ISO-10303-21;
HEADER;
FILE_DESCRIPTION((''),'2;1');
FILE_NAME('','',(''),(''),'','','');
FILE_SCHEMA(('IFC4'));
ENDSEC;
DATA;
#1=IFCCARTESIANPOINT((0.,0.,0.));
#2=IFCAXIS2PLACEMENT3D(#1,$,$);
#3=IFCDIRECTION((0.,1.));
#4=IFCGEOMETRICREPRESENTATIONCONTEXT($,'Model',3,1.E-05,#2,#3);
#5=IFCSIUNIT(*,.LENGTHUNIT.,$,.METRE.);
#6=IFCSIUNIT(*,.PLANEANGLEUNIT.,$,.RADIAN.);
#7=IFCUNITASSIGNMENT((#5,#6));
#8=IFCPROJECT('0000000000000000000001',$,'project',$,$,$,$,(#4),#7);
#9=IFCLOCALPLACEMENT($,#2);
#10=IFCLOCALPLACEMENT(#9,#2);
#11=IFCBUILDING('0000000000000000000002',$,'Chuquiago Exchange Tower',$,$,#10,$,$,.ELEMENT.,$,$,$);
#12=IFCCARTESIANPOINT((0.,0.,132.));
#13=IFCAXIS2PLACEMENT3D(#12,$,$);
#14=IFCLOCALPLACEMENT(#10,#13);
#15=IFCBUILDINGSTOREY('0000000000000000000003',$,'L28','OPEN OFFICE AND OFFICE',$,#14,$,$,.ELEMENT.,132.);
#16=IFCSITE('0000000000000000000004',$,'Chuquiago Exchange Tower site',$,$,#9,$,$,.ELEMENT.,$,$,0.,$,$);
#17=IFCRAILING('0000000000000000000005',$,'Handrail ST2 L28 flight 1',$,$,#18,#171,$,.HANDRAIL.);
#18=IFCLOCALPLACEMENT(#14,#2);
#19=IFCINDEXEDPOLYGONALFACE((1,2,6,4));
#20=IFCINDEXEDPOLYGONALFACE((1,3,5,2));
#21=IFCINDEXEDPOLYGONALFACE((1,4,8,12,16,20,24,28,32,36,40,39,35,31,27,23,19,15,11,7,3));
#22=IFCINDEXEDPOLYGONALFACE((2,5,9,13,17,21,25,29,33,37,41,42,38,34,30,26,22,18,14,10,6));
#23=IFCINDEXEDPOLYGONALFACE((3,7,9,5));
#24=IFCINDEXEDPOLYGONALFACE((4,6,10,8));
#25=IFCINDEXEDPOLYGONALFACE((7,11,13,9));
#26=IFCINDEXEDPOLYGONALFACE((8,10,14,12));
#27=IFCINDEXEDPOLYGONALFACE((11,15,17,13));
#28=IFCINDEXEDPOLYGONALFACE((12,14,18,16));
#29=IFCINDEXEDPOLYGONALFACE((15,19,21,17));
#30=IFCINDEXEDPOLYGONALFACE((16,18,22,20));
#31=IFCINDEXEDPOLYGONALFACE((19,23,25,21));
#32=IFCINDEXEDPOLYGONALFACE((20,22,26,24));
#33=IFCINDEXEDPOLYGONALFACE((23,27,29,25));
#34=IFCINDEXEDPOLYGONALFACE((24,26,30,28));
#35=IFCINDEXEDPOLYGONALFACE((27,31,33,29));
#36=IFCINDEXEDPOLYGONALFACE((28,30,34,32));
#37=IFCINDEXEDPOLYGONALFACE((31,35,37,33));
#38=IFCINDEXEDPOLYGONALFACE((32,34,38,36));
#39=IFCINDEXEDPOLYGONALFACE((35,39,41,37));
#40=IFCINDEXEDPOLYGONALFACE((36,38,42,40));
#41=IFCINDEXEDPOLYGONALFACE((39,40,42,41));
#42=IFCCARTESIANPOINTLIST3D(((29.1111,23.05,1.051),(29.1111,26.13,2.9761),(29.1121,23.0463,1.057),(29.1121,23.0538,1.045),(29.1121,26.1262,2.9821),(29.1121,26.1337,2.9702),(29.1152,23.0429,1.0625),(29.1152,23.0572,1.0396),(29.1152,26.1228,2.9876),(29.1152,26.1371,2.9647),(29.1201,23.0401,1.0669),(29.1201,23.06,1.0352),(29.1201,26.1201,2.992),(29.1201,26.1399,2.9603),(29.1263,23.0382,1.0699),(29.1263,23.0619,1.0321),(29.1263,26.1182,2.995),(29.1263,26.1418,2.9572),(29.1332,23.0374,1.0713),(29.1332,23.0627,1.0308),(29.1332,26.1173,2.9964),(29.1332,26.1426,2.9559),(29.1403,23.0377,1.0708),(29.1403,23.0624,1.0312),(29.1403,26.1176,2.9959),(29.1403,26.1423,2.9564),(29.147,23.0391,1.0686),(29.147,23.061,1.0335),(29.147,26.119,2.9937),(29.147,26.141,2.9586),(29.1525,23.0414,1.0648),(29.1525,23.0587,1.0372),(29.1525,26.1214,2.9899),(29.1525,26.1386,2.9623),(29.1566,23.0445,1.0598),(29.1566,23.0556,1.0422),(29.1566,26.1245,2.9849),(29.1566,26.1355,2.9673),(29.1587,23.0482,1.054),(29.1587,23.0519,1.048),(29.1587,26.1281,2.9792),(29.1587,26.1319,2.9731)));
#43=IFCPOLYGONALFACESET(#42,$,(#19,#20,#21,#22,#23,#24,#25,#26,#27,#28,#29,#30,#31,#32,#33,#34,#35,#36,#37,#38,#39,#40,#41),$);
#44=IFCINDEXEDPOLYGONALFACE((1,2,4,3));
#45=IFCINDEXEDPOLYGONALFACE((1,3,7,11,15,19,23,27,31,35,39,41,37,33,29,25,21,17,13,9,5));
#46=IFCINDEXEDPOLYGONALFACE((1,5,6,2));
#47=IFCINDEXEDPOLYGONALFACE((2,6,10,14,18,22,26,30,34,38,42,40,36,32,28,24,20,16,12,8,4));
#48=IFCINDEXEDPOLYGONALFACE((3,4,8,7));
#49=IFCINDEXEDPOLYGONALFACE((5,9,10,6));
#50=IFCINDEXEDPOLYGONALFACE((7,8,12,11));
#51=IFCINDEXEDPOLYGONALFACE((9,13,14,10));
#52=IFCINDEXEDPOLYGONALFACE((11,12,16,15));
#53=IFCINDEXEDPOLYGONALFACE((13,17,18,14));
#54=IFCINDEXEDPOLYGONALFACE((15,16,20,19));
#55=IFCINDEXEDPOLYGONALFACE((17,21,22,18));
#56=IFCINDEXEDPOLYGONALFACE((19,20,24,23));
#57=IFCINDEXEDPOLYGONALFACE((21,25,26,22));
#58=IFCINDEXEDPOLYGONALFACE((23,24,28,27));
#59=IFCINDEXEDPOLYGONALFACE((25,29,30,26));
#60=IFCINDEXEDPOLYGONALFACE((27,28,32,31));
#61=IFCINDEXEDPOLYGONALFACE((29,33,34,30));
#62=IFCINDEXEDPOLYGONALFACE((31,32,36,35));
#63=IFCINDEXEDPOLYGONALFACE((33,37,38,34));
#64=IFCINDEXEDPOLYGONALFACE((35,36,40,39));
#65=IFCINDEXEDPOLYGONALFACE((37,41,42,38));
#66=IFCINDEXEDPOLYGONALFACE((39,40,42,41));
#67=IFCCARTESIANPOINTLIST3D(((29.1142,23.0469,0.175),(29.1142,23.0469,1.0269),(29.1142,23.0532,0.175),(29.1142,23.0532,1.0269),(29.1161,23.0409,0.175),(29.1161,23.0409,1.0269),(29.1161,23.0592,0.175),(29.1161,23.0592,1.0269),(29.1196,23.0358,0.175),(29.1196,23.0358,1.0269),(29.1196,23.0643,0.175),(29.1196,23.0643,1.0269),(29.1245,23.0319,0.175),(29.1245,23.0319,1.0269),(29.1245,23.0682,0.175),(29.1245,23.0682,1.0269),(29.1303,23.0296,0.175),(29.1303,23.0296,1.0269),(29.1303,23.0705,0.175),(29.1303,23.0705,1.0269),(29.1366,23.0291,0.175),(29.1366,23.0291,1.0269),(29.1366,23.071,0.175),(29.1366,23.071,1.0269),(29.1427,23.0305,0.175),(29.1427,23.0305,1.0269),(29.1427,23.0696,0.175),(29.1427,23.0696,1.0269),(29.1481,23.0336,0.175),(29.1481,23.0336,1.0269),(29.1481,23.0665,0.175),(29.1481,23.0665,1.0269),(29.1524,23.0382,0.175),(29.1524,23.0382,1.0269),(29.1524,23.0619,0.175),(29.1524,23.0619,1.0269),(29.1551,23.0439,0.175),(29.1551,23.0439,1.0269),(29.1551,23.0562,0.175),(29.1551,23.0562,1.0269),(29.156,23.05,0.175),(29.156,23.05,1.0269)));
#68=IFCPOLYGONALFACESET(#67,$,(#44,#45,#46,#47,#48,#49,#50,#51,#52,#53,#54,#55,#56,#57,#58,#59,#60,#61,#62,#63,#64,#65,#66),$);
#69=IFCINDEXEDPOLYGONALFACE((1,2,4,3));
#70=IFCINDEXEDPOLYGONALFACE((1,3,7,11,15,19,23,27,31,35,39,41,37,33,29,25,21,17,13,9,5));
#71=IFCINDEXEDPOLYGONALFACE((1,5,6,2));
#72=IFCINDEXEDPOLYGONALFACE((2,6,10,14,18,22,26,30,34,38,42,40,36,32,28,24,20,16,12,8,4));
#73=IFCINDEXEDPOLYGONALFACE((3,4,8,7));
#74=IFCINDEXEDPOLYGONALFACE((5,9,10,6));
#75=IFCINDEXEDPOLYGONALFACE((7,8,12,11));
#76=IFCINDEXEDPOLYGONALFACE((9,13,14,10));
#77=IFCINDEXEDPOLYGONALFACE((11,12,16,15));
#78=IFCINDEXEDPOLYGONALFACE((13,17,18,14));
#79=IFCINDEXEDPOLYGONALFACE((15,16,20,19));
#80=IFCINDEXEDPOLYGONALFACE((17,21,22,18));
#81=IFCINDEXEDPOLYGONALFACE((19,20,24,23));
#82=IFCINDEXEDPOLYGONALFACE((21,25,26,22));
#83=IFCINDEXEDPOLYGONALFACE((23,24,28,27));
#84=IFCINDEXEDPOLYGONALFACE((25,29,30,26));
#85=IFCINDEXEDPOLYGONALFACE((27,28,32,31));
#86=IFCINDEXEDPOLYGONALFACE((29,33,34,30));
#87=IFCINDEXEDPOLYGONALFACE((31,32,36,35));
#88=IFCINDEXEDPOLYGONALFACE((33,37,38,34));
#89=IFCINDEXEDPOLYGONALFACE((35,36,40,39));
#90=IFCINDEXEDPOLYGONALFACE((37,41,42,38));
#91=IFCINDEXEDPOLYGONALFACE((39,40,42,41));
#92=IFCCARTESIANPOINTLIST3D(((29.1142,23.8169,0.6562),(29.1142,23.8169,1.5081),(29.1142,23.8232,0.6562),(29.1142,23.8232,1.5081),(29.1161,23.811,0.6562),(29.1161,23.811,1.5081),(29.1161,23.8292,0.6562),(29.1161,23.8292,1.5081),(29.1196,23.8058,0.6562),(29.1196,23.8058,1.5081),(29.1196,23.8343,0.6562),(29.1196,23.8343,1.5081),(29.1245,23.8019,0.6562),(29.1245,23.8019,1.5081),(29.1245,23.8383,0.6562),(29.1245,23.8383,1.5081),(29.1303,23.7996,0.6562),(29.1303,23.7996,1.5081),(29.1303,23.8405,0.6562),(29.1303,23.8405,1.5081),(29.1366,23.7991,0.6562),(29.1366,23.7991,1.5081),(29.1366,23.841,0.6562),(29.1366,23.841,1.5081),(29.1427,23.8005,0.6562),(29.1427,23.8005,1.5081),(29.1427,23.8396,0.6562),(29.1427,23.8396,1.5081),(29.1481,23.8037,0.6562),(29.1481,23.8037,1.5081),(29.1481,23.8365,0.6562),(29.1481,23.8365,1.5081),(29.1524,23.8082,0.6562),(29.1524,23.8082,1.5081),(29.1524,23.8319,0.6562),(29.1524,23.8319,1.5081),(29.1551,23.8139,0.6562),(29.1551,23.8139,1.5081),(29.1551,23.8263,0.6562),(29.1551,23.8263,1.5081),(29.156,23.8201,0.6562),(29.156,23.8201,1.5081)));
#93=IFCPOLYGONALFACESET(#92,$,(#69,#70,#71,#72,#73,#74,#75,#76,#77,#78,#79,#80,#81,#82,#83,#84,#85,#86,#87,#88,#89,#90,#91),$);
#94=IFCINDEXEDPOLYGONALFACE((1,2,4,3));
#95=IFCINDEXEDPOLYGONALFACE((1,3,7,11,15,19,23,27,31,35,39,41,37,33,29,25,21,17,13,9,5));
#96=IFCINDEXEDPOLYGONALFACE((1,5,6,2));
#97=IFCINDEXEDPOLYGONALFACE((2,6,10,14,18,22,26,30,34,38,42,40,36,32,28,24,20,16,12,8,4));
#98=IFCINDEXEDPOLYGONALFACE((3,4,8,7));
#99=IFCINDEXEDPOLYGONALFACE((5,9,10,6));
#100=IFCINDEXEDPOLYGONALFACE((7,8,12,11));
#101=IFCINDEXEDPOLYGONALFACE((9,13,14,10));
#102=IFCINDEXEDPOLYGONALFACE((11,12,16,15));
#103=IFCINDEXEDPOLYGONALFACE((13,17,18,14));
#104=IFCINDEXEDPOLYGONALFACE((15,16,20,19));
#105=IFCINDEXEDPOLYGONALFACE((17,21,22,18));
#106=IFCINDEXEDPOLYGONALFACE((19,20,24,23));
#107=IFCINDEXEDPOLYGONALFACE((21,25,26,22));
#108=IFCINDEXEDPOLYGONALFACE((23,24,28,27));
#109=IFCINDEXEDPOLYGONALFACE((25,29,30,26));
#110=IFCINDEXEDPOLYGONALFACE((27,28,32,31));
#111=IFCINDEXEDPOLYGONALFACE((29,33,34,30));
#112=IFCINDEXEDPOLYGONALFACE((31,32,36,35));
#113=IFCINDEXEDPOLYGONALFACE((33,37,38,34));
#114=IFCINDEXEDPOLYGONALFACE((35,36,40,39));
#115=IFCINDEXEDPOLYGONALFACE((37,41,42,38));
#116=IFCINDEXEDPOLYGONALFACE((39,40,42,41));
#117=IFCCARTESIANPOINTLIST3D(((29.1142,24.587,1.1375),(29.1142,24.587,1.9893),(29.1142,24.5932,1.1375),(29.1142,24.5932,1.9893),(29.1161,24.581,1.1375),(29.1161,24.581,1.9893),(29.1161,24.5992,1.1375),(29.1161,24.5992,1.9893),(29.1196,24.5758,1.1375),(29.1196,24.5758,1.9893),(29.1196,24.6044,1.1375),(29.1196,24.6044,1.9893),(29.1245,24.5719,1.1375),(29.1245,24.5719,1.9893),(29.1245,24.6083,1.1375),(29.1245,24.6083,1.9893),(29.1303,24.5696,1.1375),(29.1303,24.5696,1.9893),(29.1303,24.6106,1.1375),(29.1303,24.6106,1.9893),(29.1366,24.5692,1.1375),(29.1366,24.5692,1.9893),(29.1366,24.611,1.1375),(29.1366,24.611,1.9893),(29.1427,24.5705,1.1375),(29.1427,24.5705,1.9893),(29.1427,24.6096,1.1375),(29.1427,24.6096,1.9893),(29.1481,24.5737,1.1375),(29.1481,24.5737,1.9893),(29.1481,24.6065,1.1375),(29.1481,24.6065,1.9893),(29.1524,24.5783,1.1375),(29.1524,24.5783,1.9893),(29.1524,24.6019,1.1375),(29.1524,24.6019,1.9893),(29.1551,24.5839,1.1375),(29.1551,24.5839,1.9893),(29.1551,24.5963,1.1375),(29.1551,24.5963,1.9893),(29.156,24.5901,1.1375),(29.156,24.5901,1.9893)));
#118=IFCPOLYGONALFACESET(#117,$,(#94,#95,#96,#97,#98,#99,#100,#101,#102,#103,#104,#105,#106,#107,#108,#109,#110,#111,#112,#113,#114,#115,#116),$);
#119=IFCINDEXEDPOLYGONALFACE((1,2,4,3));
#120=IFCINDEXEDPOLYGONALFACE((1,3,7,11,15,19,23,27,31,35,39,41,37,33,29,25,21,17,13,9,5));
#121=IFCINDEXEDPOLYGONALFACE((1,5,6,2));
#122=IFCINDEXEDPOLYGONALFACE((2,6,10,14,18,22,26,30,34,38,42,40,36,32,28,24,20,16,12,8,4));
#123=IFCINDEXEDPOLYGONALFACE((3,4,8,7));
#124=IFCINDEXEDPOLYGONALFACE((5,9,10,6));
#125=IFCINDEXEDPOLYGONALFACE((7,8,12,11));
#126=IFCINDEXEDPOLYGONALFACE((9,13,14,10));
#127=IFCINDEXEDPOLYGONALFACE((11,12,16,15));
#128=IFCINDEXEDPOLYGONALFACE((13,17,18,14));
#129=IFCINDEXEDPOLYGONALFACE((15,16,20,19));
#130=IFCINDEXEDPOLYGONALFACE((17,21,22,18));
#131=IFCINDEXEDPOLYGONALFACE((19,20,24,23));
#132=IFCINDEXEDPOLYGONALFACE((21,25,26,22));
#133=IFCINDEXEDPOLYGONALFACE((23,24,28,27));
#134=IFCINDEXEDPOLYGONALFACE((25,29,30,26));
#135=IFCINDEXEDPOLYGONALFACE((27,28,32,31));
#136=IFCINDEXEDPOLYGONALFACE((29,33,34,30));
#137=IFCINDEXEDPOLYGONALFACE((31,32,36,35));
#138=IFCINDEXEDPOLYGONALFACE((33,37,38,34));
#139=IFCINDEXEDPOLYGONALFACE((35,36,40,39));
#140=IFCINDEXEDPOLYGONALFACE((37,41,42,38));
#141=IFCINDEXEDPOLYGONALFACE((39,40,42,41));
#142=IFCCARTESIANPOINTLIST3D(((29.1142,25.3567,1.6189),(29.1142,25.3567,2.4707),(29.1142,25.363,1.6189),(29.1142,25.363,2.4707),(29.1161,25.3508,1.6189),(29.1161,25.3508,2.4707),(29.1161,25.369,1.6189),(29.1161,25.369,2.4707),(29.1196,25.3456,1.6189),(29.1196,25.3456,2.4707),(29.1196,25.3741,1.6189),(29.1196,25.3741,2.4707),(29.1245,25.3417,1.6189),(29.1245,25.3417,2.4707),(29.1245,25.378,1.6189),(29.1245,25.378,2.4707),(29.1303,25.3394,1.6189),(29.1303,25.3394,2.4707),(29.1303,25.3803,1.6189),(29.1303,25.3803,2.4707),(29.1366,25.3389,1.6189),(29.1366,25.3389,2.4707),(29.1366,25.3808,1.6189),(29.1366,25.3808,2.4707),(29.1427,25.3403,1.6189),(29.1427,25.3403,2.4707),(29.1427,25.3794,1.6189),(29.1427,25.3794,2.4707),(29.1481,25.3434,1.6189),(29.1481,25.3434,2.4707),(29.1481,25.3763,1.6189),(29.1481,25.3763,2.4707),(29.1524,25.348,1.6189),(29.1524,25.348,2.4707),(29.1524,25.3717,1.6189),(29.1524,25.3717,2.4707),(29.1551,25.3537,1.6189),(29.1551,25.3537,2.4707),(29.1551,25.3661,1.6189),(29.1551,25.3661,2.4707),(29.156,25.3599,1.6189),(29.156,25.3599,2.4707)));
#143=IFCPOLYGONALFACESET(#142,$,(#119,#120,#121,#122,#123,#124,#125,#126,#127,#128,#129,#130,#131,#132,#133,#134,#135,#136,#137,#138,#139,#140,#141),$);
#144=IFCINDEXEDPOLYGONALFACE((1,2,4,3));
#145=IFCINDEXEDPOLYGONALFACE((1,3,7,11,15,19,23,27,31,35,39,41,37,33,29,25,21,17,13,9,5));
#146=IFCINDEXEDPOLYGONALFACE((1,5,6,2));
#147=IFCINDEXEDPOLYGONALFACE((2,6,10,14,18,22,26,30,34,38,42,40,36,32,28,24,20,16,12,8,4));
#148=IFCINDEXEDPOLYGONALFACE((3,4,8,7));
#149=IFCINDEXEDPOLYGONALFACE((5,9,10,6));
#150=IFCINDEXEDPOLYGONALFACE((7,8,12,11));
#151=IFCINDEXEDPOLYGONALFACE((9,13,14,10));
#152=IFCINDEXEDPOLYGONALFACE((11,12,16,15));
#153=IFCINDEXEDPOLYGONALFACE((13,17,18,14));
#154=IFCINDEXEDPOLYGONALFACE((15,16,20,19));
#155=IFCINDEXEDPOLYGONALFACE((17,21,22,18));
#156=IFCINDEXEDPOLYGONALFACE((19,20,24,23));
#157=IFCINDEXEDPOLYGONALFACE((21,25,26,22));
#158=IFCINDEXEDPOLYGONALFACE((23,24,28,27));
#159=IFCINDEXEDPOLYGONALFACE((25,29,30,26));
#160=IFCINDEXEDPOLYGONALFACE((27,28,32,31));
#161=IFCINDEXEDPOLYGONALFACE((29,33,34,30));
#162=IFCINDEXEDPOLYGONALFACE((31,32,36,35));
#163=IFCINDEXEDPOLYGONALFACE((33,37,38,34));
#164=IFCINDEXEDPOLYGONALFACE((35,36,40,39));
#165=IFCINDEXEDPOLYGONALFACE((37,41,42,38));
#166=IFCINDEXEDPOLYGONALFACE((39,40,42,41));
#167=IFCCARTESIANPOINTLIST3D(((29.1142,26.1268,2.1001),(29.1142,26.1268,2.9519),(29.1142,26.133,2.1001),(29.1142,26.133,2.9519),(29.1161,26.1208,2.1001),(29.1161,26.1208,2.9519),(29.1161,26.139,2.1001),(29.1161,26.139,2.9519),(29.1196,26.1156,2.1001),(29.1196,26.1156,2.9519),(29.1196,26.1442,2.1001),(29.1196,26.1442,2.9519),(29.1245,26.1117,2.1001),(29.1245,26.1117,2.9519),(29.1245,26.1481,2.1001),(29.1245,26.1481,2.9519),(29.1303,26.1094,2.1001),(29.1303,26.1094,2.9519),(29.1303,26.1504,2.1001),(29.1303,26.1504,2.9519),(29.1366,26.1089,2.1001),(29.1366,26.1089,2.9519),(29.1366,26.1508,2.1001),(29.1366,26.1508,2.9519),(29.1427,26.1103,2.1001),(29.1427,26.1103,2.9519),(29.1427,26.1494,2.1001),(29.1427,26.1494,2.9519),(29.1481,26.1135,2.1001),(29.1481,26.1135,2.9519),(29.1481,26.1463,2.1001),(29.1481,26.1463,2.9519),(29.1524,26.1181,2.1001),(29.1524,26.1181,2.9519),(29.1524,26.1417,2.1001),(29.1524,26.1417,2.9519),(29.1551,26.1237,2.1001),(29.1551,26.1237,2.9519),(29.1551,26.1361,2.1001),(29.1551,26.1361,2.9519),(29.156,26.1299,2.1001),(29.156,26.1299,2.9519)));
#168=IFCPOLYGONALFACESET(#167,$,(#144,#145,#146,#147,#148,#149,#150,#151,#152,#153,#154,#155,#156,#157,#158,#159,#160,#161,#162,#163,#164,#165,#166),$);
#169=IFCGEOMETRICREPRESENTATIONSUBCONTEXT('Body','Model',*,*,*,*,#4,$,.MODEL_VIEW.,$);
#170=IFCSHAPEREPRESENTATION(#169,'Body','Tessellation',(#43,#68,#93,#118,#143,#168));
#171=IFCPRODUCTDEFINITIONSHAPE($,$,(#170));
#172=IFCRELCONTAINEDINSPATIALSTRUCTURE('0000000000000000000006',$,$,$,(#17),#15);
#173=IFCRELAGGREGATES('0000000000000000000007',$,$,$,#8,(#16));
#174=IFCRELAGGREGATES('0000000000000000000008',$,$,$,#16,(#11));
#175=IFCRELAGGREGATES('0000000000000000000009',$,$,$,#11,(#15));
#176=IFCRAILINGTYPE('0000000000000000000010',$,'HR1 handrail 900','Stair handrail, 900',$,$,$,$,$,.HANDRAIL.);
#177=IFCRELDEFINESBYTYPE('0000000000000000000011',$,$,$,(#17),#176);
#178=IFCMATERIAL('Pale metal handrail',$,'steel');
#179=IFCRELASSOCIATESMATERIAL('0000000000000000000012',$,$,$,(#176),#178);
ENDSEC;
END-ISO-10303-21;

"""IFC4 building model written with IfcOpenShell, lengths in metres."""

from ifc_helpers import new_model, si_unit, direction, frame, origin, origin_2d, place, context, subcontext, project, spatial, circle, extrude, material, type_object, element, save


model = new_model("IFC4")

# Units and contexts
model_context = context("Model", 3, precision=1e-05, world=origin(), true_north=direction((0.0, 1.0)))
body_context = subcontext(model_context, "Body", "Model", "MODEL_VIEW")
ifc_project = project(units=[si_unit("LENGTHUNIT", "METRE"), si_unit("PLANEANGLEUNIT", "RADIAN")], contexts=[model_context])

# Site, building, storey
site_placement = place(None, origin())
site = spatial("IfcSite", under=ifc_project, at=site_placement, Name="Chuquiago Exchange Tower site", CompositionType="ELEMENT", RefElevation=0.0)
building_placement = place(site_placement, origin())
building = spatial("IfcBuilding", under=site, at=building_placement, Name="Chuquiago Exchange Tower", CompositionType="ELEMENT")
storey_placement = place(building_placement, frame((0.0, 0.0, 132.0)))
storey = spatial("IfcBuildingStorey", under=building, at=storey_placement, Name="L28", Description="OPEN OFFICE AND OFFICE", CompositionType="ELEMENT", Elevation=132.0)

# Railing
ifc_material_1 = material(Name="Pale metal handrail", Category="steel")
railing_type_1 = type_object("IfcRailingType", Name="HR1 handrail 900", Description="Stair handrail, 900", PredefinedType="HANDRAIL", material=ifc_material_1)
railing_1_placement = place(storey_placement, frame((29.135, 23.05, 0.175)))
element("IfcRailing", 1, at=railing_1_placement, inside=storey, type_object=railing_type_1, Name="Handrail ST2 L28 flight 1", PredefinedType="HANDRAIL", context=body_context, shape_type="SweptSolid", body=[
    extrude(circle(Radius=0.0239, at=origin_2d()), frame((0.0, 0.0, 0.876), z_axis=(0.0, 0.847979, 0.530029), x_axis=(-1.0, 0.0, 0.0)), (0.0, 0.0, 1.0), 3.6321),
    extrude(circle(Radius=0.021, at=origin_2d()), origin(), (0.0, 0.0, 1.0), 0.8518),
    extrude(circle(Radius=0.021, at=origin_2d()), frame((0.0, 0.77, 0.4812)), (0.0, 0.0, 1.0), 0.8518),
    extrude(circle(Radius=0.021, at=origin_2d()), frame((0.0, 1.54, 0.9624)), (0.0, 0.0, 1.0), 0.8518),
    extrude(circle(Radius=0.021, at=origin_2d()), frame((0.0, 2.3098, 1.4438)), (0.0, 0.0, 1.0), 0.8518),
    extrude(circle(Radius=0.021, at=origin_2d()), frame((0.0, 3.0798, 1.925)), (0.0, 0.0, 1.0), 0.8518),
])

save(model, "model.ifc")
